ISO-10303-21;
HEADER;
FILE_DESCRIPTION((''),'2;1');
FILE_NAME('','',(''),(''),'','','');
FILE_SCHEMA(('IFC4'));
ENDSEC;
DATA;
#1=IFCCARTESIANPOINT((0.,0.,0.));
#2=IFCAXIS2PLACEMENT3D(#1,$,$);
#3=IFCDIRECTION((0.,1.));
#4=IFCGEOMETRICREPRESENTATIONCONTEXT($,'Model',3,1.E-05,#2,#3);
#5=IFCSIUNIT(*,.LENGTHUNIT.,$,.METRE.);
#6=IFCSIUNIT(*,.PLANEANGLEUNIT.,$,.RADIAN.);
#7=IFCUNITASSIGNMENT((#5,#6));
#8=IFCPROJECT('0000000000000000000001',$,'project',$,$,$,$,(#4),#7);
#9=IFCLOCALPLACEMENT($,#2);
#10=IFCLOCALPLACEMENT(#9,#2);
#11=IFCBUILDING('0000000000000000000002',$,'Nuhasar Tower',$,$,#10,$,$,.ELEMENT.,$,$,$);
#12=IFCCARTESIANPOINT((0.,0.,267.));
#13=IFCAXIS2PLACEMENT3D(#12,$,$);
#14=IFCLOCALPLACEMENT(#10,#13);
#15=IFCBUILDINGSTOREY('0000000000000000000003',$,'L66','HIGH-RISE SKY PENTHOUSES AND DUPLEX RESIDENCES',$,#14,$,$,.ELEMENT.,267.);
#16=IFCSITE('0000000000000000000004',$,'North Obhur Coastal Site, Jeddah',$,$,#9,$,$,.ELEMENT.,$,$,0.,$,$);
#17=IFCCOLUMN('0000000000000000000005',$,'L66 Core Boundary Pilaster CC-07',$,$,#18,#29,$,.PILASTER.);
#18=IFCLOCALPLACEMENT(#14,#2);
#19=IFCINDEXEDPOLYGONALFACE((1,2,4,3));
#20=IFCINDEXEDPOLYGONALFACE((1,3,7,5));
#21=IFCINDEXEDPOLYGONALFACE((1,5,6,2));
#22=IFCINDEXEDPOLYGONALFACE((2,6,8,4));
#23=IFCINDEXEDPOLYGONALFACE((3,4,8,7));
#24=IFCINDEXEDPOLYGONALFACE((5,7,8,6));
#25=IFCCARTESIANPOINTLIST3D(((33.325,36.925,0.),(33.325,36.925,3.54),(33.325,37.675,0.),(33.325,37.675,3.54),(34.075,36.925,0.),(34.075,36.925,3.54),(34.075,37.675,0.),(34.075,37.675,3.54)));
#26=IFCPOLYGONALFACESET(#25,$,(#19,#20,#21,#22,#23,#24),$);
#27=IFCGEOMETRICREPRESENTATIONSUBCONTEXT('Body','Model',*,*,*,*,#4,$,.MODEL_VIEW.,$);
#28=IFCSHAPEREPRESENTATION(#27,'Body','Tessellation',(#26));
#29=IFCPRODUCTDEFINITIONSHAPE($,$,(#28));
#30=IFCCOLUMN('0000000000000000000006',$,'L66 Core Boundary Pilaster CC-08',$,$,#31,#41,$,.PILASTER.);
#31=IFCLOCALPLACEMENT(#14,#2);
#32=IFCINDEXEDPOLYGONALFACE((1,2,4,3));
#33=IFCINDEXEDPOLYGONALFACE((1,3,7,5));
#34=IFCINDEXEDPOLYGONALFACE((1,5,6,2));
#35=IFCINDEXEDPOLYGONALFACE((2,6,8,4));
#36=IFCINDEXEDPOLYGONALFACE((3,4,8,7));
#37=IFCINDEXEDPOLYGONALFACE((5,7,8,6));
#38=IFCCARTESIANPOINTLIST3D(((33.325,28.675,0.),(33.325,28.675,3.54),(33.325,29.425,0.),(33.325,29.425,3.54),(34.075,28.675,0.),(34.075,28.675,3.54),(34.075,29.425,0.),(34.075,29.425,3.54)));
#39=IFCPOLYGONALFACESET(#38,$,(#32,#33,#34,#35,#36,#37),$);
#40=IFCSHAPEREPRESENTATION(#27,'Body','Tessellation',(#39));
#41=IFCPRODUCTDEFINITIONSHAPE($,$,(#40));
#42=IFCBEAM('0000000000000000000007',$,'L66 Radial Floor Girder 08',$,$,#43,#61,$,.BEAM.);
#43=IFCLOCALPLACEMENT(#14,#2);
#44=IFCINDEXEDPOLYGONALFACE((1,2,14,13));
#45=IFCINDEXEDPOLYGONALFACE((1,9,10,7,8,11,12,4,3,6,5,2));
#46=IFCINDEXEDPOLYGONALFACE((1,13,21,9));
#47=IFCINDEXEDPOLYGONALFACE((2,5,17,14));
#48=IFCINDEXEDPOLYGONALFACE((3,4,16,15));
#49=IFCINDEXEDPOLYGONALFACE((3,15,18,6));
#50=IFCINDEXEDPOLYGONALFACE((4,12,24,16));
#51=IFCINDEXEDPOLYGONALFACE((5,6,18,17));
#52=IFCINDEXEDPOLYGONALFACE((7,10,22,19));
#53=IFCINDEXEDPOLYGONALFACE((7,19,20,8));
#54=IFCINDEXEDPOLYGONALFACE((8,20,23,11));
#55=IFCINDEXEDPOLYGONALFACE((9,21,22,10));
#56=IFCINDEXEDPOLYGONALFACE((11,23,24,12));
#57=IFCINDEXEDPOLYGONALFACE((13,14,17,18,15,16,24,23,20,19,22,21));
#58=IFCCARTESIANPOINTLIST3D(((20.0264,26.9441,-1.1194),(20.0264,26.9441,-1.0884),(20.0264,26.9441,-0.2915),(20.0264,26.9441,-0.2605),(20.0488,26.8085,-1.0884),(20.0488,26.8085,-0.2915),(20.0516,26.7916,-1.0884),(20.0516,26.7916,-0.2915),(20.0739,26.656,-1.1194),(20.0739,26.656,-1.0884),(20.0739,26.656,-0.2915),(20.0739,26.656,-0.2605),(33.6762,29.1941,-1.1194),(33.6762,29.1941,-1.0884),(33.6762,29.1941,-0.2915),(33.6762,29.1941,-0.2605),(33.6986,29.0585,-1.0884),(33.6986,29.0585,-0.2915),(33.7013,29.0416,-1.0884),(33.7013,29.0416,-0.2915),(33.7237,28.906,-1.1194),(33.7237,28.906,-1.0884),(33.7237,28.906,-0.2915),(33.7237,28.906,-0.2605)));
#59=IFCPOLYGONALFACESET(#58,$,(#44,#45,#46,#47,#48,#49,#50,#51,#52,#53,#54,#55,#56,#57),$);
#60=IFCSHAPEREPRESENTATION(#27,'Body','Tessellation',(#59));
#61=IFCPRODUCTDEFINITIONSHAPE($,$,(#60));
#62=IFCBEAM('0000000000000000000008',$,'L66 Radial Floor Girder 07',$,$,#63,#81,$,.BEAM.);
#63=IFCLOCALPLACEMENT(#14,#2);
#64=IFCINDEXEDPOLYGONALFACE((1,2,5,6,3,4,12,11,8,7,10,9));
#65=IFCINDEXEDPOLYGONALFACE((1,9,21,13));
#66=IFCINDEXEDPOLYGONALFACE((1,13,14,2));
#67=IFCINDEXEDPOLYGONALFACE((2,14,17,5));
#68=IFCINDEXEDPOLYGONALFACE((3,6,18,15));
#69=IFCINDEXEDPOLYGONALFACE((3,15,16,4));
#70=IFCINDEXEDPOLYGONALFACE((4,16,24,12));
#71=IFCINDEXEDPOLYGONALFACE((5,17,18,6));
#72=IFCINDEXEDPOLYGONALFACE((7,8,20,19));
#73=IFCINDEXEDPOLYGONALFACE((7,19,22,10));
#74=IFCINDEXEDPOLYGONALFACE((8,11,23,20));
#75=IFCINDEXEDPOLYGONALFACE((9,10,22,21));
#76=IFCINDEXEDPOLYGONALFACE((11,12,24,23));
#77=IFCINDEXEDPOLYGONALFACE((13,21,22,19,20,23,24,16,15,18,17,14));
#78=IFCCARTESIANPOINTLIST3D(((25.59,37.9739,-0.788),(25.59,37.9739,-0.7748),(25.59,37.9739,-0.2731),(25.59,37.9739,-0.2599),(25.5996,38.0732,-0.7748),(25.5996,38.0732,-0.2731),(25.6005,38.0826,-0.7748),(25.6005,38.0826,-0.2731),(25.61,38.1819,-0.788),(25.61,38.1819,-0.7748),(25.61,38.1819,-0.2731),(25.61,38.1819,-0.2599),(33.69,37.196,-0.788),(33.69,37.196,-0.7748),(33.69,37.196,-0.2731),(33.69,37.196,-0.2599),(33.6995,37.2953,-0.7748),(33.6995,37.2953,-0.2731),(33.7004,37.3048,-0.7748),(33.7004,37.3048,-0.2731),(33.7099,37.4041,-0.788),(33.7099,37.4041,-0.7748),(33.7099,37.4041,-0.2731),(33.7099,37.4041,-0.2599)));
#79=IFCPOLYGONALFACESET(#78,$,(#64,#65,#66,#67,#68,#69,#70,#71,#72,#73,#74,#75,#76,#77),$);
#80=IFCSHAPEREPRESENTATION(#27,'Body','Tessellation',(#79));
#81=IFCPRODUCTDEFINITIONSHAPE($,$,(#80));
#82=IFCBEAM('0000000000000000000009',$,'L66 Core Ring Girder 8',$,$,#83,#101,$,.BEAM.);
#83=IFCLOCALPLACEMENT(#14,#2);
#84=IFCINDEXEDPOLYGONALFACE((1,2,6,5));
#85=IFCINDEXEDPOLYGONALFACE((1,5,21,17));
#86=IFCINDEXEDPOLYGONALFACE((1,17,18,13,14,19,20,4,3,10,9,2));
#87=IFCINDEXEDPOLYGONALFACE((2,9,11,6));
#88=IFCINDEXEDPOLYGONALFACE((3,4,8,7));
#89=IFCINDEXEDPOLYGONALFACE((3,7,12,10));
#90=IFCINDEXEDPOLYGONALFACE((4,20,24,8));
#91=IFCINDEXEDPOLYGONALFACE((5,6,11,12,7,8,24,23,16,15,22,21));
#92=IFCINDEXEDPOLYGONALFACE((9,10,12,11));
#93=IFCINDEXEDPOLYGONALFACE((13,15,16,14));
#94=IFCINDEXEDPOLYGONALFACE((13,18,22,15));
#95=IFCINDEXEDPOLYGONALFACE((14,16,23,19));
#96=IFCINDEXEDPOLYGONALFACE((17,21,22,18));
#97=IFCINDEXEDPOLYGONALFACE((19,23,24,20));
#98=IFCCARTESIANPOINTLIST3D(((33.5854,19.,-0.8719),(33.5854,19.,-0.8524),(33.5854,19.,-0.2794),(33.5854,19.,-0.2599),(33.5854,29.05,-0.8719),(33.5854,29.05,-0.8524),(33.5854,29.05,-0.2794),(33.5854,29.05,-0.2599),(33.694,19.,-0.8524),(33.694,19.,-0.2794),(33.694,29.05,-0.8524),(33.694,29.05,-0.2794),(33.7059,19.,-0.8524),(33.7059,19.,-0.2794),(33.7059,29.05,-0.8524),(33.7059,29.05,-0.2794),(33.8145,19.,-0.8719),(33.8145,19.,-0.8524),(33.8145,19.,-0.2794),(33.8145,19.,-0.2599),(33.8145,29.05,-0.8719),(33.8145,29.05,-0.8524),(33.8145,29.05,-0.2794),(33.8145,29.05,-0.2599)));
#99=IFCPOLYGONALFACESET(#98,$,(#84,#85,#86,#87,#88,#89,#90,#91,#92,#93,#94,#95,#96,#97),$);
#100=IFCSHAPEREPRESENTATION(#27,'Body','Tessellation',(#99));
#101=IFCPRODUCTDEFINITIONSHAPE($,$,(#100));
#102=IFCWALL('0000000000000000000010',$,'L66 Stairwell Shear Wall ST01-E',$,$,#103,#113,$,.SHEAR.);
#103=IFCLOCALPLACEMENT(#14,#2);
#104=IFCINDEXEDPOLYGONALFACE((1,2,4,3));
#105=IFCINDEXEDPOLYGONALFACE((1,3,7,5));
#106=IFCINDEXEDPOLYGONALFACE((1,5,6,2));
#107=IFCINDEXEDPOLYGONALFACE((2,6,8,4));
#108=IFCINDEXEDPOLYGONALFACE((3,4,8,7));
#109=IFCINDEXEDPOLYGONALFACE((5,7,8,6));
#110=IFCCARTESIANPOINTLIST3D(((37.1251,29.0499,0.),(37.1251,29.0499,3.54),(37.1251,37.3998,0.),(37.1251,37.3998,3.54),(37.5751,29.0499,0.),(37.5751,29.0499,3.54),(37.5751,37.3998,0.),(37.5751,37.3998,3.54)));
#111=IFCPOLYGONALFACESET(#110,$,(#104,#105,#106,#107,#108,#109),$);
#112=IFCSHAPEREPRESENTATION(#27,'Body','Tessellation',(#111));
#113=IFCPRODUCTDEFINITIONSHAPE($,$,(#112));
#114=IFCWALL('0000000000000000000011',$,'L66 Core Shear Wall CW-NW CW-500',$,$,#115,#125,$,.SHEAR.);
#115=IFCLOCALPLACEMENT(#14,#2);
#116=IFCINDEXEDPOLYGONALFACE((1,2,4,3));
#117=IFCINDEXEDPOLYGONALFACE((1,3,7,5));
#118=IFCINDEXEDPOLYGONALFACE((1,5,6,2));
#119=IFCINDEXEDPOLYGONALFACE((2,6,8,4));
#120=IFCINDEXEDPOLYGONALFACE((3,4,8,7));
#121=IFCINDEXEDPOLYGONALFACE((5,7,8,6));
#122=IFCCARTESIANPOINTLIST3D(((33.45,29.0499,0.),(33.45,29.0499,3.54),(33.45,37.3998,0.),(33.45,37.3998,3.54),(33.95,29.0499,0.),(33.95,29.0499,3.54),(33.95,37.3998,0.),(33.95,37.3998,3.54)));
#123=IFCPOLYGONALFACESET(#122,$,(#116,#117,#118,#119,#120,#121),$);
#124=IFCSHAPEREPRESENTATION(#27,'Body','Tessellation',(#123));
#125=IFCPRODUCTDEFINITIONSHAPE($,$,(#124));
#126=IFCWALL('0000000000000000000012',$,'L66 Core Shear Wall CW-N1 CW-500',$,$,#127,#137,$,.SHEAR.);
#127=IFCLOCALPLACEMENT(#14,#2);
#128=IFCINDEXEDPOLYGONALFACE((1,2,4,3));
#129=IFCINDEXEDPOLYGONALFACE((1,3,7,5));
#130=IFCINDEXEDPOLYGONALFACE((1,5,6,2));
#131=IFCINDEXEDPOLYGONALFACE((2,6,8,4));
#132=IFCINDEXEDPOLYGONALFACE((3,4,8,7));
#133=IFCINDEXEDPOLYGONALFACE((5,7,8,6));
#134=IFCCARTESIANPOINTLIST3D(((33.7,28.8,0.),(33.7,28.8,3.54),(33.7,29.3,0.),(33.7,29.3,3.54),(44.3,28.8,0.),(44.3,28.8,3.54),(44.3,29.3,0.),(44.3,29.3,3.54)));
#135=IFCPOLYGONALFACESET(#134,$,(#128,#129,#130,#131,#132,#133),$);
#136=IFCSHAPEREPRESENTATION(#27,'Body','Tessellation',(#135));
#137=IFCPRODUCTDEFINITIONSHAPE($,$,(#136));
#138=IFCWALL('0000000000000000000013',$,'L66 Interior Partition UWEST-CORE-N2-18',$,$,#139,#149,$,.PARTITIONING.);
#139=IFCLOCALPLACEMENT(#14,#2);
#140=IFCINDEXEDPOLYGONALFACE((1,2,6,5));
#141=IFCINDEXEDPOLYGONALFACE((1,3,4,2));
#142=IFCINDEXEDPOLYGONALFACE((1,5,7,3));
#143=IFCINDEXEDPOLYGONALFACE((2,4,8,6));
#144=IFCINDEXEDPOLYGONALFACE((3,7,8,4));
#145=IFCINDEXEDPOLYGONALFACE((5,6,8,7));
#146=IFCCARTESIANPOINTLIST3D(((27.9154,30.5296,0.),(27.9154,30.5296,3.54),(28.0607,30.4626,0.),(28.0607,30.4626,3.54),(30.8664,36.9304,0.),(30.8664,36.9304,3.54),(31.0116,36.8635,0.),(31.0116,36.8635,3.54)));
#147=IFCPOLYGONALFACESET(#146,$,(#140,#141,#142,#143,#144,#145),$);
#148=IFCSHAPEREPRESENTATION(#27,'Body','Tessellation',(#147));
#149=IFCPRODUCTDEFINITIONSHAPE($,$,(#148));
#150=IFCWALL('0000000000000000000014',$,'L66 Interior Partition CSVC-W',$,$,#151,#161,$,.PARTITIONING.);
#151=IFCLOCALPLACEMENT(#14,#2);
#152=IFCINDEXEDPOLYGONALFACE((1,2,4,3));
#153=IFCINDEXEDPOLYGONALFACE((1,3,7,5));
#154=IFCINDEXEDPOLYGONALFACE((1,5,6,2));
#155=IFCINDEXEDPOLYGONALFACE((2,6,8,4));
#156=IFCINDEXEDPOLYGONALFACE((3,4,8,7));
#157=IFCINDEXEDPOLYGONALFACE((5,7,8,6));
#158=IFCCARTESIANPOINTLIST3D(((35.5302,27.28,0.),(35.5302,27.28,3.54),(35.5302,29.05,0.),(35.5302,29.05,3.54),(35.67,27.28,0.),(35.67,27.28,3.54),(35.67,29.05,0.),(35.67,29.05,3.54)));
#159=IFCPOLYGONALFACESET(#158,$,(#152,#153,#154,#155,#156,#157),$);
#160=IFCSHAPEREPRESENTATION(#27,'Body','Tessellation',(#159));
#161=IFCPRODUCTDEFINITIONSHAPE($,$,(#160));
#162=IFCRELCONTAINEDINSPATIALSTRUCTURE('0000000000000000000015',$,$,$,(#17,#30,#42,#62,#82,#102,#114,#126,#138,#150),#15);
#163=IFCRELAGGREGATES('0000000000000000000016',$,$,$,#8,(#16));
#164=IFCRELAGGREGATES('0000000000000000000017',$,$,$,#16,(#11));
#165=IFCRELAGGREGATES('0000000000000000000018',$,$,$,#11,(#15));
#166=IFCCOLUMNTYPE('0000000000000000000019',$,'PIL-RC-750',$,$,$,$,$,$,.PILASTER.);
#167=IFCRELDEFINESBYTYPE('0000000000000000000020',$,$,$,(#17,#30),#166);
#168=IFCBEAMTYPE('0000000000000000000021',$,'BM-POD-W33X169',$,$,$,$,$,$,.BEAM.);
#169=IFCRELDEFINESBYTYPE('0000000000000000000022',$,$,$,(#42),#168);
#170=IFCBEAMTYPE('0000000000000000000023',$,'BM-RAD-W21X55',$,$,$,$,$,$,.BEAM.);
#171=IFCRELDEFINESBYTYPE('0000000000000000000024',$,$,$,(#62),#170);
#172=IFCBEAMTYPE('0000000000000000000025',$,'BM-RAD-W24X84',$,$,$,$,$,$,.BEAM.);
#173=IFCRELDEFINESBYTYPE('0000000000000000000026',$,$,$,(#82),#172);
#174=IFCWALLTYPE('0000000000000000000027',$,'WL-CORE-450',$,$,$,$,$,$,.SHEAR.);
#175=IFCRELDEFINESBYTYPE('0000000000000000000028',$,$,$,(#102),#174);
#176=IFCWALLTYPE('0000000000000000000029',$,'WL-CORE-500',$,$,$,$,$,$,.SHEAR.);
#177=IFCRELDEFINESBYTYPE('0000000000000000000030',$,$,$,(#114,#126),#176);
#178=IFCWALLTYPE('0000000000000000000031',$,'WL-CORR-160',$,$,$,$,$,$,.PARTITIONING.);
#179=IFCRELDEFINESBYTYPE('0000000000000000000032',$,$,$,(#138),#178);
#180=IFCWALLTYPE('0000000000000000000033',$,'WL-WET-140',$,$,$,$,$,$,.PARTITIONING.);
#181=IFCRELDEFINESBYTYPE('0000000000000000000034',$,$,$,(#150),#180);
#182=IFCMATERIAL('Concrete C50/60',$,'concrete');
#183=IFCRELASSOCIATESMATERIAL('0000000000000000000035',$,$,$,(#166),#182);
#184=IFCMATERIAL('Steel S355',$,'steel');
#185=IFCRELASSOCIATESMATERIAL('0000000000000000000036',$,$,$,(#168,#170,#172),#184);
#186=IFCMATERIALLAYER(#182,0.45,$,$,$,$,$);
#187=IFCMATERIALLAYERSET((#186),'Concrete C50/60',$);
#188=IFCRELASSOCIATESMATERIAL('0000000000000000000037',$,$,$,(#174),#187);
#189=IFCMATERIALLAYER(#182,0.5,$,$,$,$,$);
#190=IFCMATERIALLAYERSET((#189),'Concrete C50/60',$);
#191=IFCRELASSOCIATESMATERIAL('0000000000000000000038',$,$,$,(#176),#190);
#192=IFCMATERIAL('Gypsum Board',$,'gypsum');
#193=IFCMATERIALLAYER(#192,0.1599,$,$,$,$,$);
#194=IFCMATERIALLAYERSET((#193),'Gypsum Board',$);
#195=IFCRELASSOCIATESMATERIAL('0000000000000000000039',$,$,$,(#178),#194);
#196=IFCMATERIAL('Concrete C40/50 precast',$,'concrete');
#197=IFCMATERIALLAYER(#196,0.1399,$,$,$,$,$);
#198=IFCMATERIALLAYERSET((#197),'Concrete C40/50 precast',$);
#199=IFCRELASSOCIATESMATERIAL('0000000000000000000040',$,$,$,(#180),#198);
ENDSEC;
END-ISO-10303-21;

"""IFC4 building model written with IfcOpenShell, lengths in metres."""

from ifc_helpers import new_model, si_unit, direction, frame, frame_2d, origin, origin_2d, place, context, subcontext, project, spatial, rectangle, i_section, extrude, material, layer, layer_set, material_profile, profile_set, type_object, element, save


model = new_model("IFC4")

# Units and contexts
model_context = context("Model", 3, precision=1e-05, world=origin(), true_north=direction((0.0, 1.0)))
body_context = subcontext(model_context, "Body", "Model", "MODEL_VIEW")
ifc_project = project(units=[si_unit("LENGTHUNIT", "METRE"), si_unit("PLANEANGLEUNIT", "RADIAN")], contexts=[model_context])

# Site, building, storey
site_placement = place(None, origin())
site = spatial("IfcSite", under=ifc_project, at=site_placement, Name="North Obhur Coastal Site, Jeddah", CompositionType="ELEMENT", RefElevation=0.0)
building_placement = place(site_placement, origin())
building = spatial("IfcBuilding", under=site, at=building_placement, Name="Nuhasar Tower", CompositionType="ELEMENT")
storey_placement = place(building_placement, frame((0.0, 0.0, 267.0)))
storey = spatial("IfcBuildingStorey", under=building, at=storey_placement, Name="L66", Description="HIGH-RISE SKY PENTHOUSES AND DUPLEX RESIDENCES", CompositionType="ELEMENT", Elevation=267.0)

# Columns
ifc_material_1 = material(Name="Concrete C50/60", Category="concrete")
ifc_material_profile_1 = material_profile(ifc_material_1, rectangle(XDim=0.75, YDim=0.75, at=origin_2d()), Name="RC750X750")
ifc_profile_set_1 = profile_set([ifc_material_profile_1], Name="Concrete C50/60")
column_type = type_object("IfcColumnType", Name="PIL-RC-750", PredefinedType="PILASTER", material=ifc_profile_set_1)
for number, where, z_axis, x_axis, name in (
    (1, (33.7, 37.3, 0.0), (0.0, 0.0, 1.0), (1.0, 0.0, 0.0), "L66 Core Boundary Pilaster CC-07"),
    (2, (33.7, 29.05, 0.0), (0.0, 0.0, 1.0), (1.0, 0.0, 0.0), "L66 Core Boundary Pilaster CC-08"),
):
    element("IfcColumn", number, at=place(storey_placement, frame(where, z_axis=z_axis, x_axis=x_axis)), inside=storey, type_object=column_type, Name=name, PredefinedType="PILASTER", context=body_context, shape_type="SweptSolid", body=[
        extrude(rectangle(XDim=0.75, YDim=0.75, at=origin_2d()), origin(), (0.0, 0.0, 1.0), 3.54),
    ])

# Beams
ifc_material_2 = material(Name="Steel S355", Category="steel")
ifc_material_profile_2 = material_profile(ifc_material_2, i_section(OverallWidth=0.292, OverallDepth=0.8589, WebThickness=0.0171, FlangeThickness=0.031, at=origin_2d()), Name="W33X169")
ifc_profile_set_2 = profile_set([ifc_material_profile_2], Name="Steel S355")
beam_type_1 = type_object("IfcBeamType", Name="BM-POD-W33X169", PredefinedType="BEAM", material=ifc_profile_set_2)
beam_1_placement = place(storey_placement, frame((33.7, 29.05, -0.6899), z_axis=(-0.986685, -0.162642, 0.0), x_axis=(0.162642, -0.986685, 0.0)))
element("IfcBeam", 3, at=beam_1_placement, inside=storey, type_object=beam_type_1, Name="L66 Radial Floor Girder 08", PredefinedType="BEAM", context=body_context, shape_type="SweptSolid", body=[
    extrude(i_section(OverallWidth=0.292, OverallDepth=0.8589, WebThickness=0.0171, FlangeThickness=0.031, at=origin_2d()), origin(), (0.0, 0.0, 1.0), 13.834),
])
ifc_material_profile_3 = material_profile(ifc_material_2, i_section(OverallWidth=0.209, OverallDepth=0.5281, WebThickness=0.0095, FlangeThickness=0.0132, at=origin_2d()), Name="W21X55")
ifc_profile_set_3 = profile_set([ifc_material_profile_3], Name="Steel S355")
beam_type_2 = type_object("IfcBeamType", Name="BM-RAD-W21X55", PredefinedType="BEAM", material=ifc_profile_set_3)
beam_2_placement = place(storey_placement, frame((33.7, 37.3, -0.5239), z_axis=(-0.995421, 0.095591, 0.0), x_axis=(-0.095591, -0.995421, 0.0)))
element("IfcBeam", 4, at=beam_2_placement, inside=storey, type_object=beam_type_2, Name="L66 Radial Floor Girder 07", PredefinedType="BEAM", context=body_context, shape_type="SweptSolid", body=[
    extrude(i_section(OverallWidth=0.209, OverallDepth=0.5281, WebThickness=0.0095, FlangeThickness=0.0132, at=origin_2d()), origin(), (0.0, 0.0, 1.0), 8.1372),
])
ifc_material_profile_4 = material_profile(ifc_material_2, i_section(OverallWidth=0.229, OverallDepth=0.6121, WebThickness=0.012, FlangeThickness=0.0195, at=origin_2d()), Name="W24X84")
ifc_profile_set_4 = profile_set([ifc_material_profile_4], Name="Steel S355")
beam_type_3 = type_object("IfcBeamType", Name="BM-RAD-W24X84", PredefinedType="BEAM", material=ifc_profile_set_4)
beam_3_placement = place(storey_placement, frame((33.7, 29.05, -0.5659), z_axis=(0.0, -1.0, 0.0), x_axis=(1.0, 0.0, 0.0)))
element("IfcBeam", 5, at=beam_3_placement, inside=storey, type_object=beam_type_3, Name="L66 Core Ring Girder 8", PredefinedType="BEAM", context=body_context, shape_type="SweptSolid", body=[
    extrude(i_section(OverallWidth=0.229, OverallDepth=0.6121, WebThickness=0.012, FlangeThickness=0.0195, at=origin_2d()), origin(), (0.0, 0.0, 1.0), 10.05),
])

# Walls
ifc_layer_1 = layer(ifc_material_1, 0.45)
ifc_layer_set_1 = layer_set([ifc_layer_1], Name="Concrete C50/60")
wall_type_1 = type_object("IfcWallType", Name="WL-CORE-450", PredefinedType="SHEAR", material=ifc_layer_set_1)
wall_1_placement = place(storey_placement, frame((37.3501, 29.05, 0.0), z_axis=(0.0, 0.0, 1.0), x_axis=(0.0, 1.0, 0.0)))
element("IfcWall", 6, at=wall_1_placement, inside=storey, type_object=wall_type_1, Name="L66 Stairwell Shear Wall ST01-E", PredefinedType="SHEAR", context=body_context, shape_type="SweptSolid", body=[
    extrude(rectangle(XDim=8.3499, YDim=0.45, at=frame_2d((4.1748, 0.0))), origin(), (0.0, 0.0, 1.0), 3.54),
])
ifc_layer_2 = layer(ifc_material_1, 0.5)
ifc_layer_set_2 = layer_set([ifc_layer_2], Name="Concrete C50/60")
wall_type_2 = type_object("IfcWallType", Name="WL-CORE-500", PredefinedType="SHEAR", material=ifc_layer_set_2)
wall_2_placement = place(storey_placement, frame((33.7, 29.05, 0.0), z_axis=(0.0, 0.0, 1.0), x_axis=(0.0, 1.0, 0.0)))
element("IfcWall", 7, at=wall_2_placement, inside=storey, type_object=wall_type_2, Name="L66 Core Shear Wall CW-NW CW-500", PredefinedType="SHEAR", context=body_context, shape_type="SweptSolid", body=[
    extrude(rectangle(XDim=8.3499, YDim=0.5, at=frame_2d((4.1748, 0.0))), origin(), (0.0, 0.0, 1.0), 3.54),
])
wall_3_placement = place(storey_placement, frame((33.7, 29.05, 0.0), z_axis=(0.0, 0.0, 1.0), x_axis=(1.0, 0.0, 0.0)))
element("IfcWall", 8, at=wall_3_placement, inside=storey, type_object=wall_type_2, Name="L66 Core Shear Wall CW-N1 CW-500", PredefinedType="SHEAR", context=body_context, shape_type="SweptSolid", body=[
    extrude(rectangle(XDim=10.6001, YDim=0.5, at=frame_2d((5.3, 0.0))), origin(), (0.0, 0.0, 1.0), 3.54),
])
ifc_material_3 = material(Name="Gypsum Board", Category="gypsum")
ifc_layer_3 = layer(ifc_material_3, 0.1599)
ifc_layer_set_3 = layer_set([ifc_layer_3], Name="Gypsum Board")
wall_type_3 = type_object("IfcWallType", Name="WL-CORR-160", PredefinedType="PARTITIONING", material=ifc_layer_set_3)
wall_4_placement = place(storey_placement, frame((30.939, 36.897, 0.0), z_axis=(0.0, 0.0, 1.0), x_axis=(-0.418669, -0.908139, 0.0)))
element("IfcWall", 9, at=wall_4_placement, inside=storey, type_object=wall_type_3, Name="L66 Interior Partition UWEST-CORE-N2-18", PredefinedType="PARTITIONING", context=body_context, shape_type="SweptSolid", body=[
    extrude(rectangle(XDim=7.0483, YDim=0.1599, at=frame_2d((3.5242, 0.0))), origin(), (0.0, 0.0, 1.0), 3.54),
])
ifc_material_4 = material(Name="Concrete C40/50 precast", Category="concrete")
ifc_layer_4 = layer(ifc_material_4, 0.1399)
ifc_layer_set_4 = layer_set([ifc_layer_4], Name="Concrete C40/50 precast")
wall_type_4 = type_object("IfcWallType", Name="WL-WET-140", PredefinedType="PARTITIONING", material=ifc_layer_set_4)
wall_5_placement = place(storey_placement, frame((35.6001, 27.28, 0.0), z_axis=(0.0, 0.0, 1.0), x_axis=(0.0, 1.0, 0.0)))
element("IfcWall", 10, at=wall_5_placement, inside=storey, type_object=wall_type_4, Name="L66 Interior Partition CSVC-W", PredefinedType="PARTITIONING", context=body_context, shape_type="SweptSolid", body=[
    extrude(rectangle(XDim=1.77, YDim=0.1399, at=frame_2d((0.885, 0.0))), origin(), (0.0, 0.0, 1.0), 3.54),
])

save(model, "model.ifc")
